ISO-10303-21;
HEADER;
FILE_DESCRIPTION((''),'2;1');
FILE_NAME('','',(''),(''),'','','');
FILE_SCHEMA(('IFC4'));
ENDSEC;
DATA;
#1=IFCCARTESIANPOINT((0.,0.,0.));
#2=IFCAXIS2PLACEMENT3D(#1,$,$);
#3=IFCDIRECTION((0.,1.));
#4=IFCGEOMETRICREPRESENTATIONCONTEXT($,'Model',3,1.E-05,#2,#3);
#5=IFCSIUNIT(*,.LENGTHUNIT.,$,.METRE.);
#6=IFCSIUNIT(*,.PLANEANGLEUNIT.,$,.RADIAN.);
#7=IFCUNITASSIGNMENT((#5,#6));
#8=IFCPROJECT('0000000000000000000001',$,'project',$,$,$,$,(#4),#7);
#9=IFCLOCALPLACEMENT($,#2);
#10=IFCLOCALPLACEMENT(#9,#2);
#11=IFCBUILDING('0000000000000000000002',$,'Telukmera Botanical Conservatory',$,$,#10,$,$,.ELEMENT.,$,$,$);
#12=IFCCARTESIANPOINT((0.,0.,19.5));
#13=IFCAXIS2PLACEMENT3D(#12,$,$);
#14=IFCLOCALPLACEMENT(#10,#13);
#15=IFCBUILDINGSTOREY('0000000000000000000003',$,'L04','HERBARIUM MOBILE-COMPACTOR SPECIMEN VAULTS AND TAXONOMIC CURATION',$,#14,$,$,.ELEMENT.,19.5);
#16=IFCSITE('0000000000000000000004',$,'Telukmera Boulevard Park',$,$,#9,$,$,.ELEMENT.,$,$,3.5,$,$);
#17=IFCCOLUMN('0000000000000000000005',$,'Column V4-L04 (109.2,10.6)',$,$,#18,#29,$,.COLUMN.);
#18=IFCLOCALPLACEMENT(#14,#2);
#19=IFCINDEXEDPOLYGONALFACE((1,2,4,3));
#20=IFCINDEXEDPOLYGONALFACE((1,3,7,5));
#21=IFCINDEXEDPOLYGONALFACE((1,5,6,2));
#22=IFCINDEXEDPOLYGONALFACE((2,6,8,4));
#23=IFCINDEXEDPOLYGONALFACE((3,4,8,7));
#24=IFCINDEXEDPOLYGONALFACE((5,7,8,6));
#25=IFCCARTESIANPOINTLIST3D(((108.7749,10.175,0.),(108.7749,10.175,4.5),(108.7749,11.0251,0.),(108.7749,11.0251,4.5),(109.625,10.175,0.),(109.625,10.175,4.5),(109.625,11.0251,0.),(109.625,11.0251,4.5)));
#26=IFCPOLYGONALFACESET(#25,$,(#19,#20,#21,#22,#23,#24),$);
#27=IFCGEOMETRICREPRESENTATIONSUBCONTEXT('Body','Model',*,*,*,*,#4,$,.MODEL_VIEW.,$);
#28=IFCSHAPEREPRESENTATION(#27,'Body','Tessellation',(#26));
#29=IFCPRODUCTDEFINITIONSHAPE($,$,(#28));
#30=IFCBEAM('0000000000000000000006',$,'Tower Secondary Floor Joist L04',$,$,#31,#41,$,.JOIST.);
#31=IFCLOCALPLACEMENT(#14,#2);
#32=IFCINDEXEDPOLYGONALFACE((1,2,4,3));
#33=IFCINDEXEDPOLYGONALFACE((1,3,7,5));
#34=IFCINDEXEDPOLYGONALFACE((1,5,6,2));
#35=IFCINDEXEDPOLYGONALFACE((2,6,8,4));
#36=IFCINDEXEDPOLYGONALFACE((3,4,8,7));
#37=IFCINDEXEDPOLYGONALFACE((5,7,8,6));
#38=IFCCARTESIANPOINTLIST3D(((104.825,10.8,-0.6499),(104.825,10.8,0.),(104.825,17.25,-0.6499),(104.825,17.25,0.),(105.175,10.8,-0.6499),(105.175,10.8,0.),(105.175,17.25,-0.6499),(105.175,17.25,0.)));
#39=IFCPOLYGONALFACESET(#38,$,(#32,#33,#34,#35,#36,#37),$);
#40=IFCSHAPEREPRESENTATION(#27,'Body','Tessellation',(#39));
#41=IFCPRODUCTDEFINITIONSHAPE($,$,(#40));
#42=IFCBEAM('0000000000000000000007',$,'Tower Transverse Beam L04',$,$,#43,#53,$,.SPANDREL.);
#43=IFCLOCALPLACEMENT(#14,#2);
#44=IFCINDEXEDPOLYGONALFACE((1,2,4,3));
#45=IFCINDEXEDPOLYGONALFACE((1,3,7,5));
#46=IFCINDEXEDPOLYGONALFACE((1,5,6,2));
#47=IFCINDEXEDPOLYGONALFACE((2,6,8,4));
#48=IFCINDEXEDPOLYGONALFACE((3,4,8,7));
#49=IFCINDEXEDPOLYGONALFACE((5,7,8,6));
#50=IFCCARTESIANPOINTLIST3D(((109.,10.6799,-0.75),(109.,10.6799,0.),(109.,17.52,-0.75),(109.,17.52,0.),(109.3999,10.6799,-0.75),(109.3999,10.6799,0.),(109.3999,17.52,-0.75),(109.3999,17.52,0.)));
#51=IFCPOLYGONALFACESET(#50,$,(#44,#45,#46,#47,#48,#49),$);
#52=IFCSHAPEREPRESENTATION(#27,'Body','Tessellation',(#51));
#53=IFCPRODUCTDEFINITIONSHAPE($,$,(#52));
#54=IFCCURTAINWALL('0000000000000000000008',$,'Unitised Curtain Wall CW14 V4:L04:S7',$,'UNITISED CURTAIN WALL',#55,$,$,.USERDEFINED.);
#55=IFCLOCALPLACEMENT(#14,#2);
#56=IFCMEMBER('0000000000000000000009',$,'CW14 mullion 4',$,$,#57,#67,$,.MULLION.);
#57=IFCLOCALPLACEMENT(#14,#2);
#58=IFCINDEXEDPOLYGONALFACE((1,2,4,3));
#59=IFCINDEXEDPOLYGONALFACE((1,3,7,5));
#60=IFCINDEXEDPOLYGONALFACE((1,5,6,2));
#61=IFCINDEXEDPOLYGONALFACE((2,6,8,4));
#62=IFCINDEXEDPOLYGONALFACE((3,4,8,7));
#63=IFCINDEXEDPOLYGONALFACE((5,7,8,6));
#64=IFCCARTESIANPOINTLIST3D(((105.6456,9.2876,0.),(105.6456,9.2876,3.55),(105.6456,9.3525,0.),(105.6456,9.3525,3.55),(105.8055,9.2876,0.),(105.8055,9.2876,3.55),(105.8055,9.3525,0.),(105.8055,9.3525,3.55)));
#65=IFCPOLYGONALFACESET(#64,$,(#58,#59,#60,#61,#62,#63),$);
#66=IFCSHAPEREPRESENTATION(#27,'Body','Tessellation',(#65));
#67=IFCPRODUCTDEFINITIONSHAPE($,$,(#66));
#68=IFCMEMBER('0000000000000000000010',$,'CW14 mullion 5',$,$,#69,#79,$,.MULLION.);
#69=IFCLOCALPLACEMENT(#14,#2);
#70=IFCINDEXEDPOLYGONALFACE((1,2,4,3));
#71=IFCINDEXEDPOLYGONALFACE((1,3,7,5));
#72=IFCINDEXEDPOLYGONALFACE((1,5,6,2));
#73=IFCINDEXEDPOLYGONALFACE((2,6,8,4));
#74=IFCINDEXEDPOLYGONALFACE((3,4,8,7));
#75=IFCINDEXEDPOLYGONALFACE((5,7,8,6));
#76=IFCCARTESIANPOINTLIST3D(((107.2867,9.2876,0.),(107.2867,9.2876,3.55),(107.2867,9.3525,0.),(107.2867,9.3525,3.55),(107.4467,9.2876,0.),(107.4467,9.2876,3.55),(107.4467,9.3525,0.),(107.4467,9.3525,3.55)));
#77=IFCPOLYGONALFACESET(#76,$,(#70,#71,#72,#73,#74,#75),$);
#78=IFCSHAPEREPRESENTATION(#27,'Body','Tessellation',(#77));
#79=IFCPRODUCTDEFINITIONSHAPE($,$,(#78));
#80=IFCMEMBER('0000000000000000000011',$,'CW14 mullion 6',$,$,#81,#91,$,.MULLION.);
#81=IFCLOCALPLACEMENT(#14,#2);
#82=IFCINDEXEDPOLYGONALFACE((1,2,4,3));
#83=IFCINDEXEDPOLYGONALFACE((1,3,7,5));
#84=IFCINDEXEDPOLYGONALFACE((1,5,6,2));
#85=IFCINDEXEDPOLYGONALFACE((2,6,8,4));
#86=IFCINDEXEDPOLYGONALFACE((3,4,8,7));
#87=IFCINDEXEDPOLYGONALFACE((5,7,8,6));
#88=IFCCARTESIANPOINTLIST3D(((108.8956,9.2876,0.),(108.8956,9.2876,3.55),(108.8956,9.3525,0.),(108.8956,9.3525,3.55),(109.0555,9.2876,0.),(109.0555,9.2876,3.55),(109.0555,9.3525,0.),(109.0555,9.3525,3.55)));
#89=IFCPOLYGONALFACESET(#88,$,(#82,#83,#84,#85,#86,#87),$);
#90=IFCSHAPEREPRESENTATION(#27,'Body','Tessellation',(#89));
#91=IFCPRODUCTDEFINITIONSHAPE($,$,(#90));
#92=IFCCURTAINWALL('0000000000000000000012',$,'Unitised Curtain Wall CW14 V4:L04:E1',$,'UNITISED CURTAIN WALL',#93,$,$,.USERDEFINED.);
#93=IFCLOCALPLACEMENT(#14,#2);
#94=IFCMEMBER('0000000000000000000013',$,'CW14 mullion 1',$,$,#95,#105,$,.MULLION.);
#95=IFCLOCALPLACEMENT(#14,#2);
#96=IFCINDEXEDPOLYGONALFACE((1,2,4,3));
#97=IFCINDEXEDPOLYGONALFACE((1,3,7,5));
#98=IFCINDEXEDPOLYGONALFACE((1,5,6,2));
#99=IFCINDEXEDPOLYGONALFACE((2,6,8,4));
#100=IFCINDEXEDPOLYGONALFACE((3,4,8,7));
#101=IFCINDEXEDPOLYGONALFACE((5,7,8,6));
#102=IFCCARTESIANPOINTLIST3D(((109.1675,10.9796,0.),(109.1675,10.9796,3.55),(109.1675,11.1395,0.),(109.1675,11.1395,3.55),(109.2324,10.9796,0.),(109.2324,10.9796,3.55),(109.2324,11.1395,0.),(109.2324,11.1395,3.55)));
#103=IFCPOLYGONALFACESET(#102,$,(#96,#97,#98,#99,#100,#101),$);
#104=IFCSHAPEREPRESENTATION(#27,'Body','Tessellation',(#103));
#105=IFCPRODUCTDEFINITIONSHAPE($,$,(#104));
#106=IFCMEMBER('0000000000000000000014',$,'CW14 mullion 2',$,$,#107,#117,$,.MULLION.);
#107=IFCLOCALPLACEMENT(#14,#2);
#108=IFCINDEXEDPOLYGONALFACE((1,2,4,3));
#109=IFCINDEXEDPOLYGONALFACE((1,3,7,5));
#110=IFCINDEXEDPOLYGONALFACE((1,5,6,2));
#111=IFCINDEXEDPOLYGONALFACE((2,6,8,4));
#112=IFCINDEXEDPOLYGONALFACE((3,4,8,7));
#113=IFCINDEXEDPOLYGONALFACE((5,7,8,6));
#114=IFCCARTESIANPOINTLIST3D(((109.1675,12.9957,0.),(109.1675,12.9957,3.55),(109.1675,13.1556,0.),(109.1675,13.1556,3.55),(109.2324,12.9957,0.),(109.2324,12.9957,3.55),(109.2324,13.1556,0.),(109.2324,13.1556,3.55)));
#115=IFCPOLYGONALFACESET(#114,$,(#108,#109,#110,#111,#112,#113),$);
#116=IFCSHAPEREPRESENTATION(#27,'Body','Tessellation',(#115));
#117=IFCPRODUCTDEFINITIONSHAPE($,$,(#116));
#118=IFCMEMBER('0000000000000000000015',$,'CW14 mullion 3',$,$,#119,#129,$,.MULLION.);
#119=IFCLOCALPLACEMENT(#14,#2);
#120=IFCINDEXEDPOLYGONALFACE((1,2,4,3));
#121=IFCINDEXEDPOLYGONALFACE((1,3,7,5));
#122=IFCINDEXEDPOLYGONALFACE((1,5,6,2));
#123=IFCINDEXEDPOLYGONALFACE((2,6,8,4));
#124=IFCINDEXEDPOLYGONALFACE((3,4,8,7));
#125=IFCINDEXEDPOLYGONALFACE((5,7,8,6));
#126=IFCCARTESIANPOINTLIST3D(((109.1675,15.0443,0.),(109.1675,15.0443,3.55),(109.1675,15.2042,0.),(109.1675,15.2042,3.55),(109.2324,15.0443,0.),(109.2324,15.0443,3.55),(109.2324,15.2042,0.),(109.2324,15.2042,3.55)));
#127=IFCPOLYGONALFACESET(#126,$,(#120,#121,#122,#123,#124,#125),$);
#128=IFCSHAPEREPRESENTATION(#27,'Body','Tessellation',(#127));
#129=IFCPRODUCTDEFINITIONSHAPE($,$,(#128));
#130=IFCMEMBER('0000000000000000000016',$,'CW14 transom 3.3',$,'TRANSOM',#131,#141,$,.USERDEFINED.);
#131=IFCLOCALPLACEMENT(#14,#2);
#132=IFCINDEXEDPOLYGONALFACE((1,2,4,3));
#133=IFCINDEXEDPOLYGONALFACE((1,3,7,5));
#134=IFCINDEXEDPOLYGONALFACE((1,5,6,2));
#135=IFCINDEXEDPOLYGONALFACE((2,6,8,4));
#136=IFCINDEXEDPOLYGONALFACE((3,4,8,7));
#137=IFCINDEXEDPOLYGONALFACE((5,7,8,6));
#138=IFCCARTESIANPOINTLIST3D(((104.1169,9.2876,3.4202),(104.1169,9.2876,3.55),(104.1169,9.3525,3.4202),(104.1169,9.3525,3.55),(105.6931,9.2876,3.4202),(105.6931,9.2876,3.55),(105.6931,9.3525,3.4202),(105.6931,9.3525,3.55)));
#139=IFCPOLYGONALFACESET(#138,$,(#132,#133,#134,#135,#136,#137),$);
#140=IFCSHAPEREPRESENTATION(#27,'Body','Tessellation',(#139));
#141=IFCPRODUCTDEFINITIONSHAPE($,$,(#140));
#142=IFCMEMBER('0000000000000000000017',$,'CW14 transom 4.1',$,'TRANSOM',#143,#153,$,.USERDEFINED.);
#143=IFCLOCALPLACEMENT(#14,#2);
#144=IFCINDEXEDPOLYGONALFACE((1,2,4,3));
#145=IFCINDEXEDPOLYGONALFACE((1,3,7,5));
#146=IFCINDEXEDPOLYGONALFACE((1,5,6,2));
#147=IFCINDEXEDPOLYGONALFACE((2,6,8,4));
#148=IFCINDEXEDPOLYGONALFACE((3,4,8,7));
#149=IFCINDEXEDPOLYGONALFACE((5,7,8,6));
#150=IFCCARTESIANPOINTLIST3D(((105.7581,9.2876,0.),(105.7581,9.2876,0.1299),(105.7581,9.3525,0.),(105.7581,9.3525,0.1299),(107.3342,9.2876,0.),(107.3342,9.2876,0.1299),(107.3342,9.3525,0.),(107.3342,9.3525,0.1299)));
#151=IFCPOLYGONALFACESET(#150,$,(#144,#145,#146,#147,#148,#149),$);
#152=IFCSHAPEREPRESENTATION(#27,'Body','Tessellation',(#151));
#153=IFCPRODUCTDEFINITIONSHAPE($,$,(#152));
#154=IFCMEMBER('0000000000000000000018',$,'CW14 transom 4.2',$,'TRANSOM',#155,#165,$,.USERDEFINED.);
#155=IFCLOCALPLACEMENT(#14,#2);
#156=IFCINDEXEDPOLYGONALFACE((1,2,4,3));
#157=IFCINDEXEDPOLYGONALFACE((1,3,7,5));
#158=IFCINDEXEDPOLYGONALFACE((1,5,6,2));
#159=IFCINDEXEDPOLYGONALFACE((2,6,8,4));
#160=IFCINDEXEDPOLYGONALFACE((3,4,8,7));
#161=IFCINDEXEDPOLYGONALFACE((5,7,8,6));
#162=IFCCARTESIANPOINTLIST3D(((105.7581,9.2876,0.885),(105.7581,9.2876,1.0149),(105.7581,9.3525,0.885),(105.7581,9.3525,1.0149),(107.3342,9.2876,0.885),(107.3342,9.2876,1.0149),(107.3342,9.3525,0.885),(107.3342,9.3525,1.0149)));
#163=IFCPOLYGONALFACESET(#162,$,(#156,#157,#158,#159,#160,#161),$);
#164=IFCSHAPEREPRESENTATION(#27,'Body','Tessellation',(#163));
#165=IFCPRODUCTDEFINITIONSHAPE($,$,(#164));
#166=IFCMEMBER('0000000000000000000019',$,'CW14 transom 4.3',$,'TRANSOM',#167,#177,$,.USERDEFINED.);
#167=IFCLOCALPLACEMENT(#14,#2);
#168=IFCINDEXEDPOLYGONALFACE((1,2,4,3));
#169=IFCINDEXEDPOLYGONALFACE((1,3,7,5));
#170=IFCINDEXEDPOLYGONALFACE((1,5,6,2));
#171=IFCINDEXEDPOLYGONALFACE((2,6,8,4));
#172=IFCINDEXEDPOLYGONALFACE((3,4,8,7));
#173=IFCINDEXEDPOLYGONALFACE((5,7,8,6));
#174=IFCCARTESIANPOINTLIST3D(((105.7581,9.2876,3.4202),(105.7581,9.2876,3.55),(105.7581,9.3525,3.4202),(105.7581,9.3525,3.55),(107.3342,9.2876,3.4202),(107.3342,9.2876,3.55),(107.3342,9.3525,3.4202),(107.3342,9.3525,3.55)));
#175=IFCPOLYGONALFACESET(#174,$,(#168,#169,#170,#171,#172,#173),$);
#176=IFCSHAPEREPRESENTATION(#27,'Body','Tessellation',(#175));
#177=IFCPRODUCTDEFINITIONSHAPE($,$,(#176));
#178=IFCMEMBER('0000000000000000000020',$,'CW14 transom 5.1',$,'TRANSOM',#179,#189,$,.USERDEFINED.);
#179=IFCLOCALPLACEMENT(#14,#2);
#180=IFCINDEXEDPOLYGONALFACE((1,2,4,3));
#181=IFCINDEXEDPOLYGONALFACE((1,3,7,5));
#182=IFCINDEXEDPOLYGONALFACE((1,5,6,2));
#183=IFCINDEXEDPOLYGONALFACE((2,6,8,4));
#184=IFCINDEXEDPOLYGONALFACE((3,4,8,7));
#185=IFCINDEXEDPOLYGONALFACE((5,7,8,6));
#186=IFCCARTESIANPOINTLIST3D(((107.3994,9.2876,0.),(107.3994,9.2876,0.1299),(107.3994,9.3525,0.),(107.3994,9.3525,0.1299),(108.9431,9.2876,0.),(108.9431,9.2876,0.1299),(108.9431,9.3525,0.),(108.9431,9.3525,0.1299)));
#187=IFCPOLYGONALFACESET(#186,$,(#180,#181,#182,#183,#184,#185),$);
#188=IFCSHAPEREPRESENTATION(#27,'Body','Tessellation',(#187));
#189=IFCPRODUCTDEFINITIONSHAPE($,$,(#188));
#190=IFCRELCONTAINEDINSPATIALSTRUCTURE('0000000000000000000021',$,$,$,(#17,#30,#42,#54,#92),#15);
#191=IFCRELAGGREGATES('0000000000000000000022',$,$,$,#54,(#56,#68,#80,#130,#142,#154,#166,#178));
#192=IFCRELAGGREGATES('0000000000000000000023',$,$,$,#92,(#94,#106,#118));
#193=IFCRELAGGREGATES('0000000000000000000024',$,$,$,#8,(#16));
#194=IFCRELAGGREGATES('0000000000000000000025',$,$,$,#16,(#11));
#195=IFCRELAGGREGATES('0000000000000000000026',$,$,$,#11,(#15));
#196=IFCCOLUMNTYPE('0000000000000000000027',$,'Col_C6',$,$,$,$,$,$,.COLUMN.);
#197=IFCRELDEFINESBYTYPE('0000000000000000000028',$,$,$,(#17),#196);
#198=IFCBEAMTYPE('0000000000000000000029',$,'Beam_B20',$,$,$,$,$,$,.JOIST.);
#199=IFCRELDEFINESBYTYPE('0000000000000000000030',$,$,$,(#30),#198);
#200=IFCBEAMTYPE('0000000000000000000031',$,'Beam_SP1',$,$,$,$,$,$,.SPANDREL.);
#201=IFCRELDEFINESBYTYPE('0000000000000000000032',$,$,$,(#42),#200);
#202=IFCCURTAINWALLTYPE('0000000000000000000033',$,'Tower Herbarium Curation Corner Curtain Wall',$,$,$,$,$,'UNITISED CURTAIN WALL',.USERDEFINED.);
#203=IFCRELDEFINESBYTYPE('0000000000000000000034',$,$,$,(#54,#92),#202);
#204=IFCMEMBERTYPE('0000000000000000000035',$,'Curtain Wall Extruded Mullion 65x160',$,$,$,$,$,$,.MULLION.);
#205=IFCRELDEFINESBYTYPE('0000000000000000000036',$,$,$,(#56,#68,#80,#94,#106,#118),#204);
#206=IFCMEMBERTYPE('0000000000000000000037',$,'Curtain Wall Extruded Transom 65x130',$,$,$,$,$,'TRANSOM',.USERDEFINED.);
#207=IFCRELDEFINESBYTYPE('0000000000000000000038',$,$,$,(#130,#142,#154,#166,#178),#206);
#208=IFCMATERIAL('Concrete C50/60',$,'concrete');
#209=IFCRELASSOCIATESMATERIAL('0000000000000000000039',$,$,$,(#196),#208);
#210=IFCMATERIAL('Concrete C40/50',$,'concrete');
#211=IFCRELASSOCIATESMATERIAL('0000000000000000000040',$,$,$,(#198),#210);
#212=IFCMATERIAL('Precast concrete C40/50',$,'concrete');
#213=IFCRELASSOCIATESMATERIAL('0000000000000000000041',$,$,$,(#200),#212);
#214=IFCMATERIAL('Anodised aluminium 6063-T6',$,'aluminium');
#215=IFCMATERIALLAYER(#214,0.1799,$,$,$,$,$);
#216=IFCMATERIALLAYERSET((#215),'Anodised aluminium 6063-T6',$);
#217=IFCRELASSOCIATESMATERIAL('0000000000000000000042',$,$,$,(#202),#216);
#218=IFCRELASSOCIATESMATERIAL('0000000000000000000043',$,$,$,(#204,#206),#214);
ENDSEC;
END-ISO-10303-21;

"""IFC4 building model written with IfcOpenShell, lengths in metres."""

from ifc_helpers import new_model, si_unit, direction, frame, origin, origin_2d, place, context, subcontext, project, spatial, rectangle, extrude, material, layer, layer_set, material_profile, profile_set, type_object, element, aggregate, save


model = new_model("IFC4")

# Units and contexts
model_context = context("Model", 3, precision=1e-05, world=origin(), true_north=direction((0.0, 1.0)))
body_context = subcontext(model_context, "Body", "Model", "MODEL_VIEW")
ifc_project = project(units=[si_unit("LENGTHUNIT", "METRE"), si_unit("PLANEANGLEUNIT", "RADIAN")], contexts=[model_context])

# Site, building, storey
site_placement = place(None, origin())
site = spatial("IfcSite", under=ifc_project, at=site_placement, Name="Telukmera Boulevard Park", CompositionType="ELEMENT", RefElevation=3.5)
building_placement = place(site_placement, origin())
building = spatial("IfcBuilding", under=site, at=building_placement, Name="Telukmera Botanical Conservatory", CompositionType="ELEMENT")
storey_placement = place(building_placement, frame((0.0, 0.0, 19.5)))
storey = spatial("IfcBuildingStorey", under=building, at=storey_placement, Name="L04", Description="HERBARIUM MOBILE-COMPACTOR SPECIMEN VAULTS AND TAXONOMIC CURATION", CompositionType="ELEMENT", Elevation=19.5)

# Column
ifc_material_1 = material(Name="Concrete C50/60", Category="concrete")
ifc_material_profile_1 = material_profile(ifc_material_1, rectangle(XDim=0.8501, YDim=0.8501, at=origin_2d()), Name="RC 850x850")
ifc_profile_set_1 = profile_set([ifc_material_profile_1], Name="Concrete C50/60")
column_type = type_object("IfcColumnType", Name="Col_C6", PredefinedType="COLUMN", material=ifc_profile_set_1)
column_placement = place(storey_placement, frame((109.2, 10.6001, 0.0), z_axis=(0.0, 0.0, 1.0), x_axis=(1.0, 0.0, 0.0)))
element("IfcColumn", 1, at=column_placement, inside=storey, type_object=column_type, Name="Column V4-L04 (109.2,10.6)", PredefinedType="COLUMN", context=body_context, shape_type="SweptSolid", body=[
    extrude(rectangle(XDim=0.8501, YDim=0.8501, at=origin_2d()), origin(), (0.0, 0.0, 1.0), 4.5),
])

# Beams
ifc_material_2 = material(Name="Concrete C40/50", Category="concrete")
ifc_material_profile_2 = material_profile(ifc_material_2, rectangle(XDim=0.3501, YDim=0.6499, at=origin_2d()), Name="RC 350x650")
ifc_profile_set_2 = profile_set([ifc_material_profile_2], Name="Concrete C40/50")
beam_type_1 = type_object("IfcBeamType", Name="Beam_B20", PredefinedType="JOIST", material=ifc_profile_set_2)
beam_1_placement = place(storey_placement, frame((105.0, 10.8, -0.325), z_axis=(0.0, 1.0, 0.0), x_axis=(-1.0, 0.0, 0.0)))
element("IfcBeam", 2, at=beam_1_placement, inside=storey, type_object=beam_type_1, Name="Tower Secondary Floor Joist L04", PredefinedType="JOIST", context=body_context, shape_type="SweptSolid", body=[
    extrude(rectangle(XDim=0.3501, YDim=0.6499, at=origin_2d()), origin(), (0.0, 0.0, 1.0), 6.45),
])
ifc_material_3 = material(Name="Precast concrete C40/50", Category="concrete")
ifc_material_profile_3 = material_profile(ifc_material_3, rectangle(XDim=0.3999, YDim=0.75, at=origin_2d()), Name="PC 400x750")
ifc_profile_set_3 = profile_set([ifc_material_profile_3], Name="Precast concrete C40/50")
beam_type_2 = type_object("IfcBeamType", Name="Beam_SP1", PredefinedType="SPANDREL", material=ifc_profile_set_3)
beam_2_placement = place(storey_placement, frame((109.2, 10.6799, -0.375), z_axis=(0.0, 1.0, 0.0), x_axis=(-1.0, 0.0, 0.0)))
element("IfcBeam", 3, at=beam_2_placement, inside=storey, type_object=beam_type_2, Name="Tower Transverse Beam L04", PredefinedType="SPANDREL", context=body_context, shape_type="SweptSolid", body=[
    extrude(rectangle(XDim=0.3999, YDim=0.75, at=origin_2d()), origin(), (0.0, 0.0, 1.0), 6.8401),
])

# Curtain walls, members
ifc_material_4 = material(Name="Anodised aluminium 6063-T6", Category="aluminium")
ifc_layer_1 = layer(ifc_material_4, 0.1799)
ifc_layer_set_1 = layer_set([ifc_layer_1], Name="Anodised aluminium 6063-T6")
curtain_wall_type = type_object("IfcCurtainWallType", Name="Tower Herbarium Curation Corner Curtain Wall", ElementType="UNITISED CURTAIN WALL", PredefinedType="USERDEFINED", material=ifc_layer_set_1)
curtain_wall_1_placement = place(storey_placement, origin())
curtain_wall_1 = element("IfcCurtainWall", 4, at=curtain_wall_1_placement, inside=storey, type_object=curtain_wall_type, Name="Unitised Curtain Wall CW14 V4:L04:S7", ObjectType="UNITISED CURTAIN WALL", PredefinedType="USERDEFINED")
ifc_material_profile_4 = material_profile(ifc_material_4, rectangle(XDim=0.0649, YDim=0.1599, at=origin_2d()), Name="ALU MULL 65x160")
ifc_profile_set_4 = profile_set([ifc_material_profile_4], Name="Anodised aluminium 6063-T6")
member_type_1 = type_object("IfcMemberType", Name="Curtain Wall Extruded Mullion 65x160", PredefinedType="MULLION", material=ifc_profile_set_4)
member_1_placement = place(storey_placement, frame((105.7256, 9.3201, 0.0), z_axis=(0.0, 0.0, 1.0), x_axis=(0.0, 1.0, 0.0)))
member_1 = element("IfcMember", 5, at=member_1_placement, type_object=member_type_1, Name="CW14 mullion 4", PredefinedType="MULLION", context=body_context, shape_type="SweptSolid", body=[
    extrude(rectangle(XDim=0.0649, YDim=0.1599, at=origin_2d()), origin(), (0.0, 0.0, 1.0), 3.55),
])
member_2_placement = place(storey_placement, frame((107.3667, 9.3201, 0.0), z_axis=(0.0, 0.0, 1.0), x_axis=(0.0, 1.0, 0.0)))
member_2 = element("IfcMember", 6, at=member_2_placement, type_object=member_type_1, Name="CW14 mullion 5", PredefinedType="MULLION", context=body_context, shape_type="SweptSolid", body=[
    extrude(rectangle(XDim=0.0649, YDim=0.1599, at=origin_2d()), origin(), (0.0, 0.0, 1.0), 3.55),
])
member_3_placement = place(storey_placement, frame((108.9756, 9.3201, 0.0), z_axis=(0.0, 0.0, 1.0), x_axis=(0.0, 1.0, 0.0)))
member_3 = element("IfcMember", 7, at=member_3_placement, type_object=member_type_1, Name="CW14 mullion 6", PredefinedType="MULLION", context=body_context, shape_type="SweptSolid", body=[
    extrude(rectangle(XDim=0.0649, YDim=0.1599, at=origin_2d()), origin(), (0.0, 0.0, 1.0), 3.55),
])
curtain_wall_2_placement = place(storey_placement, origin())
curtain_wall_2 = element("IfcCurtainWall", 8, at=curtain_wall_2_placement, inside=storey, type_object=curtain_wall_type, Name="Unitised Curtain Wall CW14 V4:L04:E1", ObjectType="UNITISED CURTAIN WALL", PredefinedType="USERDEFINED")
member_4_placement = place(storey_placement, frame((109.2, 11.0596, 0.0), z_axis=(0.0, 0.0, 1.0), x_axis=(-1.0, 0.0, 0.0)))
member_4 = element("IfcMember", 9, at=member_4_placement, type_object=member_type_1, Name="CW14 mullion 1", PredefinedType="MULLION", context=body_context, shape_type="SweptSolid", body=[
    extrude(rectangle(XDim=0.0649, YDim=0.1599, at=origin_2d()), origin(), (0.0, 0.0, 1.0), 3.55),
])
member_5_placement = place(storey_placement, frame((109.2, 13.0757, 0.0), z_axis=(0.0, 0.0, 1.0), x_axis=(-1.0, 0.0, 0.0)))
member_5 = element("IfcMember", 10, at=member_5_placement, type_object=member_type_1, Name="CW14 mullion 2", PredefinedType="MULLION", context=body_context, shape_type="SweptSolid", body=[
    extrude(rectangle(XDim=0.0649, YDim=0.1599, at=origin_2d()), origin(), (0.0, 0.0, 1.0), 3.55),
])
member_6_placement = place(storey_placement, frame((109.2, 15.1243, 0.0), z_axis=(0.0, 0.0, 1.0), x_axis=(-1.0, 0.0, 0.0)))
member_6 = element("IfcMember", 11, at=member_6_placement, type_object=member_type_1, Name="CW14 mullion 3", PredefinedType="MULLION", context=body_context, shape_type="SweptSolid", body=[
    extrude(rectangle(XDim=0.0649, YDim=0.1599, at=origin_2d()), origin(), (0.0, 0.0, 1.0), 3.55),
])

# Members
ifc_material_profile_5 = material_profile(ifc_material_4, rectangle(XDim=0.0649, YDim=0.1299, at=origin_2d()), Name="ALU TRAN 65x130")
ifc_profile_set_5 = profile_set([ifc_material_profile_5], Name="Anodised aluminium 6063-T6")
member_type_2 = type_object("IfcMemberType", Name="Curtain Wall Extruded Transom 65x130", ElementType="TRANSOM", PredefinedType="USERDEFINED", material=ifc_profile_set_5)
member_7_placement = place(storey_placement, frame((104.1169, 9.3201, 3.4851), z_axis=(1.0, 0.0, 0.0), x_axis=(0.0, 1.0, 0.0)))
member_7 = element("IfcMember", 12, at=member_7_placement, type_object=member_type_2, Name="CW14 transom 3.3", ObjectType="TRANSOM", PredefinedType="USERDEFINED", context=body_context, shape_type="SweptSolid", body=[
    extrude(rectangle(XDim=0.0649, YDim=0.1299, at=origin_2d()), origin(), (0.0, 0.0, 1.0), 1.5762),
])
member_8_placement = place(storey_placement, frame((105.7581, 9.3201, 0.0649), z_axis=(1.0, 0.0, 0.0), x_axis=(0.0, 1.0, 0.0)))
member_8 = element("IfcMember", 13, at=member_8_placement, type_object=member_type_2, Name="CW14 transom 4.1", ObjectType="TRANSOM", PredefinedType="USERDEFINED", context=body_context, shape_type="SweptSolid", body=[
    extrude(rectangle(XDim=0.0649, YDim=0.1299, at=origin_2d()), origin(), (0.0, 0.0, 1.0), 1.5762),
])
member_9_placement = place(storey_placement, frame((105.7581, 9.3201, 0.95), z_axis=(1.0, 0.0, 0.0), x_axis=(0.0, 1.0, 0.0)))
member_9 = element("IfcMember", 14, at=member_9_placement, type_object=member_type_2, Name="CW14 transom 4.2", ObjectType="TRANSOM", PredefinedType="USERDEFINED", context=body_context, shape_type="SweptSolid", body=[
    extrude(rectangle(XDim=0.0649, YDim=0.1299, at=origin_2d()), origin(), (0.0, 0.0, 1.0), 1.5762),
])
member_10_placement = place(storey_placement, frame((105.7581, 9.3201, 3.4851), z_axis=(1.0, 0.0, 0.0), x_axis=(0.0, 1.0, 0.0)))
member_10 = element("IfcMember", 15, at=member_10_placement, type_object=member_type_2, Name="CW14 transom 4.3", ObjectType="TRANSOM", PredefinedType="USERDEFINED", context=body_context, shape_type="SweptSolid", body=[
    extrude(rectangle(XDim=0.0649, YDim=0.1299, at=origin_2d()), origin(), (0.0, 0.0, 1.0), 1.5762),
])
member_11_placement = place(storey_placement, frame((107.3994, 9.3201, 0.0649), z_axis=(1.0, 0.0, 0.0), x_axis=(0.0, 1.0, 0.0)))
member_11 = element("IfcMember", 16, at=member_11_placement, type_object=member_type_2, Name="CW14 transom 5.1", ObjectType="TRANSOM", PredefinedType="USERDEFINED", context=body_context, shape_type="SweptSolid", body=[
    extrude(rectangle(XDim=0.0649, YDim=0.1299, at=origin_2d()), origin(), (0.0, 0.0, 1.0), 1.5437),
])

aggregate(curtain_wall_1, [member_1, member_2, member_3, member_7, member_8, member_9, member_10, member_11])
aggregate(curtain_wall_2, [member_4, member_5, member_6])

save(model, "model.ifc")
